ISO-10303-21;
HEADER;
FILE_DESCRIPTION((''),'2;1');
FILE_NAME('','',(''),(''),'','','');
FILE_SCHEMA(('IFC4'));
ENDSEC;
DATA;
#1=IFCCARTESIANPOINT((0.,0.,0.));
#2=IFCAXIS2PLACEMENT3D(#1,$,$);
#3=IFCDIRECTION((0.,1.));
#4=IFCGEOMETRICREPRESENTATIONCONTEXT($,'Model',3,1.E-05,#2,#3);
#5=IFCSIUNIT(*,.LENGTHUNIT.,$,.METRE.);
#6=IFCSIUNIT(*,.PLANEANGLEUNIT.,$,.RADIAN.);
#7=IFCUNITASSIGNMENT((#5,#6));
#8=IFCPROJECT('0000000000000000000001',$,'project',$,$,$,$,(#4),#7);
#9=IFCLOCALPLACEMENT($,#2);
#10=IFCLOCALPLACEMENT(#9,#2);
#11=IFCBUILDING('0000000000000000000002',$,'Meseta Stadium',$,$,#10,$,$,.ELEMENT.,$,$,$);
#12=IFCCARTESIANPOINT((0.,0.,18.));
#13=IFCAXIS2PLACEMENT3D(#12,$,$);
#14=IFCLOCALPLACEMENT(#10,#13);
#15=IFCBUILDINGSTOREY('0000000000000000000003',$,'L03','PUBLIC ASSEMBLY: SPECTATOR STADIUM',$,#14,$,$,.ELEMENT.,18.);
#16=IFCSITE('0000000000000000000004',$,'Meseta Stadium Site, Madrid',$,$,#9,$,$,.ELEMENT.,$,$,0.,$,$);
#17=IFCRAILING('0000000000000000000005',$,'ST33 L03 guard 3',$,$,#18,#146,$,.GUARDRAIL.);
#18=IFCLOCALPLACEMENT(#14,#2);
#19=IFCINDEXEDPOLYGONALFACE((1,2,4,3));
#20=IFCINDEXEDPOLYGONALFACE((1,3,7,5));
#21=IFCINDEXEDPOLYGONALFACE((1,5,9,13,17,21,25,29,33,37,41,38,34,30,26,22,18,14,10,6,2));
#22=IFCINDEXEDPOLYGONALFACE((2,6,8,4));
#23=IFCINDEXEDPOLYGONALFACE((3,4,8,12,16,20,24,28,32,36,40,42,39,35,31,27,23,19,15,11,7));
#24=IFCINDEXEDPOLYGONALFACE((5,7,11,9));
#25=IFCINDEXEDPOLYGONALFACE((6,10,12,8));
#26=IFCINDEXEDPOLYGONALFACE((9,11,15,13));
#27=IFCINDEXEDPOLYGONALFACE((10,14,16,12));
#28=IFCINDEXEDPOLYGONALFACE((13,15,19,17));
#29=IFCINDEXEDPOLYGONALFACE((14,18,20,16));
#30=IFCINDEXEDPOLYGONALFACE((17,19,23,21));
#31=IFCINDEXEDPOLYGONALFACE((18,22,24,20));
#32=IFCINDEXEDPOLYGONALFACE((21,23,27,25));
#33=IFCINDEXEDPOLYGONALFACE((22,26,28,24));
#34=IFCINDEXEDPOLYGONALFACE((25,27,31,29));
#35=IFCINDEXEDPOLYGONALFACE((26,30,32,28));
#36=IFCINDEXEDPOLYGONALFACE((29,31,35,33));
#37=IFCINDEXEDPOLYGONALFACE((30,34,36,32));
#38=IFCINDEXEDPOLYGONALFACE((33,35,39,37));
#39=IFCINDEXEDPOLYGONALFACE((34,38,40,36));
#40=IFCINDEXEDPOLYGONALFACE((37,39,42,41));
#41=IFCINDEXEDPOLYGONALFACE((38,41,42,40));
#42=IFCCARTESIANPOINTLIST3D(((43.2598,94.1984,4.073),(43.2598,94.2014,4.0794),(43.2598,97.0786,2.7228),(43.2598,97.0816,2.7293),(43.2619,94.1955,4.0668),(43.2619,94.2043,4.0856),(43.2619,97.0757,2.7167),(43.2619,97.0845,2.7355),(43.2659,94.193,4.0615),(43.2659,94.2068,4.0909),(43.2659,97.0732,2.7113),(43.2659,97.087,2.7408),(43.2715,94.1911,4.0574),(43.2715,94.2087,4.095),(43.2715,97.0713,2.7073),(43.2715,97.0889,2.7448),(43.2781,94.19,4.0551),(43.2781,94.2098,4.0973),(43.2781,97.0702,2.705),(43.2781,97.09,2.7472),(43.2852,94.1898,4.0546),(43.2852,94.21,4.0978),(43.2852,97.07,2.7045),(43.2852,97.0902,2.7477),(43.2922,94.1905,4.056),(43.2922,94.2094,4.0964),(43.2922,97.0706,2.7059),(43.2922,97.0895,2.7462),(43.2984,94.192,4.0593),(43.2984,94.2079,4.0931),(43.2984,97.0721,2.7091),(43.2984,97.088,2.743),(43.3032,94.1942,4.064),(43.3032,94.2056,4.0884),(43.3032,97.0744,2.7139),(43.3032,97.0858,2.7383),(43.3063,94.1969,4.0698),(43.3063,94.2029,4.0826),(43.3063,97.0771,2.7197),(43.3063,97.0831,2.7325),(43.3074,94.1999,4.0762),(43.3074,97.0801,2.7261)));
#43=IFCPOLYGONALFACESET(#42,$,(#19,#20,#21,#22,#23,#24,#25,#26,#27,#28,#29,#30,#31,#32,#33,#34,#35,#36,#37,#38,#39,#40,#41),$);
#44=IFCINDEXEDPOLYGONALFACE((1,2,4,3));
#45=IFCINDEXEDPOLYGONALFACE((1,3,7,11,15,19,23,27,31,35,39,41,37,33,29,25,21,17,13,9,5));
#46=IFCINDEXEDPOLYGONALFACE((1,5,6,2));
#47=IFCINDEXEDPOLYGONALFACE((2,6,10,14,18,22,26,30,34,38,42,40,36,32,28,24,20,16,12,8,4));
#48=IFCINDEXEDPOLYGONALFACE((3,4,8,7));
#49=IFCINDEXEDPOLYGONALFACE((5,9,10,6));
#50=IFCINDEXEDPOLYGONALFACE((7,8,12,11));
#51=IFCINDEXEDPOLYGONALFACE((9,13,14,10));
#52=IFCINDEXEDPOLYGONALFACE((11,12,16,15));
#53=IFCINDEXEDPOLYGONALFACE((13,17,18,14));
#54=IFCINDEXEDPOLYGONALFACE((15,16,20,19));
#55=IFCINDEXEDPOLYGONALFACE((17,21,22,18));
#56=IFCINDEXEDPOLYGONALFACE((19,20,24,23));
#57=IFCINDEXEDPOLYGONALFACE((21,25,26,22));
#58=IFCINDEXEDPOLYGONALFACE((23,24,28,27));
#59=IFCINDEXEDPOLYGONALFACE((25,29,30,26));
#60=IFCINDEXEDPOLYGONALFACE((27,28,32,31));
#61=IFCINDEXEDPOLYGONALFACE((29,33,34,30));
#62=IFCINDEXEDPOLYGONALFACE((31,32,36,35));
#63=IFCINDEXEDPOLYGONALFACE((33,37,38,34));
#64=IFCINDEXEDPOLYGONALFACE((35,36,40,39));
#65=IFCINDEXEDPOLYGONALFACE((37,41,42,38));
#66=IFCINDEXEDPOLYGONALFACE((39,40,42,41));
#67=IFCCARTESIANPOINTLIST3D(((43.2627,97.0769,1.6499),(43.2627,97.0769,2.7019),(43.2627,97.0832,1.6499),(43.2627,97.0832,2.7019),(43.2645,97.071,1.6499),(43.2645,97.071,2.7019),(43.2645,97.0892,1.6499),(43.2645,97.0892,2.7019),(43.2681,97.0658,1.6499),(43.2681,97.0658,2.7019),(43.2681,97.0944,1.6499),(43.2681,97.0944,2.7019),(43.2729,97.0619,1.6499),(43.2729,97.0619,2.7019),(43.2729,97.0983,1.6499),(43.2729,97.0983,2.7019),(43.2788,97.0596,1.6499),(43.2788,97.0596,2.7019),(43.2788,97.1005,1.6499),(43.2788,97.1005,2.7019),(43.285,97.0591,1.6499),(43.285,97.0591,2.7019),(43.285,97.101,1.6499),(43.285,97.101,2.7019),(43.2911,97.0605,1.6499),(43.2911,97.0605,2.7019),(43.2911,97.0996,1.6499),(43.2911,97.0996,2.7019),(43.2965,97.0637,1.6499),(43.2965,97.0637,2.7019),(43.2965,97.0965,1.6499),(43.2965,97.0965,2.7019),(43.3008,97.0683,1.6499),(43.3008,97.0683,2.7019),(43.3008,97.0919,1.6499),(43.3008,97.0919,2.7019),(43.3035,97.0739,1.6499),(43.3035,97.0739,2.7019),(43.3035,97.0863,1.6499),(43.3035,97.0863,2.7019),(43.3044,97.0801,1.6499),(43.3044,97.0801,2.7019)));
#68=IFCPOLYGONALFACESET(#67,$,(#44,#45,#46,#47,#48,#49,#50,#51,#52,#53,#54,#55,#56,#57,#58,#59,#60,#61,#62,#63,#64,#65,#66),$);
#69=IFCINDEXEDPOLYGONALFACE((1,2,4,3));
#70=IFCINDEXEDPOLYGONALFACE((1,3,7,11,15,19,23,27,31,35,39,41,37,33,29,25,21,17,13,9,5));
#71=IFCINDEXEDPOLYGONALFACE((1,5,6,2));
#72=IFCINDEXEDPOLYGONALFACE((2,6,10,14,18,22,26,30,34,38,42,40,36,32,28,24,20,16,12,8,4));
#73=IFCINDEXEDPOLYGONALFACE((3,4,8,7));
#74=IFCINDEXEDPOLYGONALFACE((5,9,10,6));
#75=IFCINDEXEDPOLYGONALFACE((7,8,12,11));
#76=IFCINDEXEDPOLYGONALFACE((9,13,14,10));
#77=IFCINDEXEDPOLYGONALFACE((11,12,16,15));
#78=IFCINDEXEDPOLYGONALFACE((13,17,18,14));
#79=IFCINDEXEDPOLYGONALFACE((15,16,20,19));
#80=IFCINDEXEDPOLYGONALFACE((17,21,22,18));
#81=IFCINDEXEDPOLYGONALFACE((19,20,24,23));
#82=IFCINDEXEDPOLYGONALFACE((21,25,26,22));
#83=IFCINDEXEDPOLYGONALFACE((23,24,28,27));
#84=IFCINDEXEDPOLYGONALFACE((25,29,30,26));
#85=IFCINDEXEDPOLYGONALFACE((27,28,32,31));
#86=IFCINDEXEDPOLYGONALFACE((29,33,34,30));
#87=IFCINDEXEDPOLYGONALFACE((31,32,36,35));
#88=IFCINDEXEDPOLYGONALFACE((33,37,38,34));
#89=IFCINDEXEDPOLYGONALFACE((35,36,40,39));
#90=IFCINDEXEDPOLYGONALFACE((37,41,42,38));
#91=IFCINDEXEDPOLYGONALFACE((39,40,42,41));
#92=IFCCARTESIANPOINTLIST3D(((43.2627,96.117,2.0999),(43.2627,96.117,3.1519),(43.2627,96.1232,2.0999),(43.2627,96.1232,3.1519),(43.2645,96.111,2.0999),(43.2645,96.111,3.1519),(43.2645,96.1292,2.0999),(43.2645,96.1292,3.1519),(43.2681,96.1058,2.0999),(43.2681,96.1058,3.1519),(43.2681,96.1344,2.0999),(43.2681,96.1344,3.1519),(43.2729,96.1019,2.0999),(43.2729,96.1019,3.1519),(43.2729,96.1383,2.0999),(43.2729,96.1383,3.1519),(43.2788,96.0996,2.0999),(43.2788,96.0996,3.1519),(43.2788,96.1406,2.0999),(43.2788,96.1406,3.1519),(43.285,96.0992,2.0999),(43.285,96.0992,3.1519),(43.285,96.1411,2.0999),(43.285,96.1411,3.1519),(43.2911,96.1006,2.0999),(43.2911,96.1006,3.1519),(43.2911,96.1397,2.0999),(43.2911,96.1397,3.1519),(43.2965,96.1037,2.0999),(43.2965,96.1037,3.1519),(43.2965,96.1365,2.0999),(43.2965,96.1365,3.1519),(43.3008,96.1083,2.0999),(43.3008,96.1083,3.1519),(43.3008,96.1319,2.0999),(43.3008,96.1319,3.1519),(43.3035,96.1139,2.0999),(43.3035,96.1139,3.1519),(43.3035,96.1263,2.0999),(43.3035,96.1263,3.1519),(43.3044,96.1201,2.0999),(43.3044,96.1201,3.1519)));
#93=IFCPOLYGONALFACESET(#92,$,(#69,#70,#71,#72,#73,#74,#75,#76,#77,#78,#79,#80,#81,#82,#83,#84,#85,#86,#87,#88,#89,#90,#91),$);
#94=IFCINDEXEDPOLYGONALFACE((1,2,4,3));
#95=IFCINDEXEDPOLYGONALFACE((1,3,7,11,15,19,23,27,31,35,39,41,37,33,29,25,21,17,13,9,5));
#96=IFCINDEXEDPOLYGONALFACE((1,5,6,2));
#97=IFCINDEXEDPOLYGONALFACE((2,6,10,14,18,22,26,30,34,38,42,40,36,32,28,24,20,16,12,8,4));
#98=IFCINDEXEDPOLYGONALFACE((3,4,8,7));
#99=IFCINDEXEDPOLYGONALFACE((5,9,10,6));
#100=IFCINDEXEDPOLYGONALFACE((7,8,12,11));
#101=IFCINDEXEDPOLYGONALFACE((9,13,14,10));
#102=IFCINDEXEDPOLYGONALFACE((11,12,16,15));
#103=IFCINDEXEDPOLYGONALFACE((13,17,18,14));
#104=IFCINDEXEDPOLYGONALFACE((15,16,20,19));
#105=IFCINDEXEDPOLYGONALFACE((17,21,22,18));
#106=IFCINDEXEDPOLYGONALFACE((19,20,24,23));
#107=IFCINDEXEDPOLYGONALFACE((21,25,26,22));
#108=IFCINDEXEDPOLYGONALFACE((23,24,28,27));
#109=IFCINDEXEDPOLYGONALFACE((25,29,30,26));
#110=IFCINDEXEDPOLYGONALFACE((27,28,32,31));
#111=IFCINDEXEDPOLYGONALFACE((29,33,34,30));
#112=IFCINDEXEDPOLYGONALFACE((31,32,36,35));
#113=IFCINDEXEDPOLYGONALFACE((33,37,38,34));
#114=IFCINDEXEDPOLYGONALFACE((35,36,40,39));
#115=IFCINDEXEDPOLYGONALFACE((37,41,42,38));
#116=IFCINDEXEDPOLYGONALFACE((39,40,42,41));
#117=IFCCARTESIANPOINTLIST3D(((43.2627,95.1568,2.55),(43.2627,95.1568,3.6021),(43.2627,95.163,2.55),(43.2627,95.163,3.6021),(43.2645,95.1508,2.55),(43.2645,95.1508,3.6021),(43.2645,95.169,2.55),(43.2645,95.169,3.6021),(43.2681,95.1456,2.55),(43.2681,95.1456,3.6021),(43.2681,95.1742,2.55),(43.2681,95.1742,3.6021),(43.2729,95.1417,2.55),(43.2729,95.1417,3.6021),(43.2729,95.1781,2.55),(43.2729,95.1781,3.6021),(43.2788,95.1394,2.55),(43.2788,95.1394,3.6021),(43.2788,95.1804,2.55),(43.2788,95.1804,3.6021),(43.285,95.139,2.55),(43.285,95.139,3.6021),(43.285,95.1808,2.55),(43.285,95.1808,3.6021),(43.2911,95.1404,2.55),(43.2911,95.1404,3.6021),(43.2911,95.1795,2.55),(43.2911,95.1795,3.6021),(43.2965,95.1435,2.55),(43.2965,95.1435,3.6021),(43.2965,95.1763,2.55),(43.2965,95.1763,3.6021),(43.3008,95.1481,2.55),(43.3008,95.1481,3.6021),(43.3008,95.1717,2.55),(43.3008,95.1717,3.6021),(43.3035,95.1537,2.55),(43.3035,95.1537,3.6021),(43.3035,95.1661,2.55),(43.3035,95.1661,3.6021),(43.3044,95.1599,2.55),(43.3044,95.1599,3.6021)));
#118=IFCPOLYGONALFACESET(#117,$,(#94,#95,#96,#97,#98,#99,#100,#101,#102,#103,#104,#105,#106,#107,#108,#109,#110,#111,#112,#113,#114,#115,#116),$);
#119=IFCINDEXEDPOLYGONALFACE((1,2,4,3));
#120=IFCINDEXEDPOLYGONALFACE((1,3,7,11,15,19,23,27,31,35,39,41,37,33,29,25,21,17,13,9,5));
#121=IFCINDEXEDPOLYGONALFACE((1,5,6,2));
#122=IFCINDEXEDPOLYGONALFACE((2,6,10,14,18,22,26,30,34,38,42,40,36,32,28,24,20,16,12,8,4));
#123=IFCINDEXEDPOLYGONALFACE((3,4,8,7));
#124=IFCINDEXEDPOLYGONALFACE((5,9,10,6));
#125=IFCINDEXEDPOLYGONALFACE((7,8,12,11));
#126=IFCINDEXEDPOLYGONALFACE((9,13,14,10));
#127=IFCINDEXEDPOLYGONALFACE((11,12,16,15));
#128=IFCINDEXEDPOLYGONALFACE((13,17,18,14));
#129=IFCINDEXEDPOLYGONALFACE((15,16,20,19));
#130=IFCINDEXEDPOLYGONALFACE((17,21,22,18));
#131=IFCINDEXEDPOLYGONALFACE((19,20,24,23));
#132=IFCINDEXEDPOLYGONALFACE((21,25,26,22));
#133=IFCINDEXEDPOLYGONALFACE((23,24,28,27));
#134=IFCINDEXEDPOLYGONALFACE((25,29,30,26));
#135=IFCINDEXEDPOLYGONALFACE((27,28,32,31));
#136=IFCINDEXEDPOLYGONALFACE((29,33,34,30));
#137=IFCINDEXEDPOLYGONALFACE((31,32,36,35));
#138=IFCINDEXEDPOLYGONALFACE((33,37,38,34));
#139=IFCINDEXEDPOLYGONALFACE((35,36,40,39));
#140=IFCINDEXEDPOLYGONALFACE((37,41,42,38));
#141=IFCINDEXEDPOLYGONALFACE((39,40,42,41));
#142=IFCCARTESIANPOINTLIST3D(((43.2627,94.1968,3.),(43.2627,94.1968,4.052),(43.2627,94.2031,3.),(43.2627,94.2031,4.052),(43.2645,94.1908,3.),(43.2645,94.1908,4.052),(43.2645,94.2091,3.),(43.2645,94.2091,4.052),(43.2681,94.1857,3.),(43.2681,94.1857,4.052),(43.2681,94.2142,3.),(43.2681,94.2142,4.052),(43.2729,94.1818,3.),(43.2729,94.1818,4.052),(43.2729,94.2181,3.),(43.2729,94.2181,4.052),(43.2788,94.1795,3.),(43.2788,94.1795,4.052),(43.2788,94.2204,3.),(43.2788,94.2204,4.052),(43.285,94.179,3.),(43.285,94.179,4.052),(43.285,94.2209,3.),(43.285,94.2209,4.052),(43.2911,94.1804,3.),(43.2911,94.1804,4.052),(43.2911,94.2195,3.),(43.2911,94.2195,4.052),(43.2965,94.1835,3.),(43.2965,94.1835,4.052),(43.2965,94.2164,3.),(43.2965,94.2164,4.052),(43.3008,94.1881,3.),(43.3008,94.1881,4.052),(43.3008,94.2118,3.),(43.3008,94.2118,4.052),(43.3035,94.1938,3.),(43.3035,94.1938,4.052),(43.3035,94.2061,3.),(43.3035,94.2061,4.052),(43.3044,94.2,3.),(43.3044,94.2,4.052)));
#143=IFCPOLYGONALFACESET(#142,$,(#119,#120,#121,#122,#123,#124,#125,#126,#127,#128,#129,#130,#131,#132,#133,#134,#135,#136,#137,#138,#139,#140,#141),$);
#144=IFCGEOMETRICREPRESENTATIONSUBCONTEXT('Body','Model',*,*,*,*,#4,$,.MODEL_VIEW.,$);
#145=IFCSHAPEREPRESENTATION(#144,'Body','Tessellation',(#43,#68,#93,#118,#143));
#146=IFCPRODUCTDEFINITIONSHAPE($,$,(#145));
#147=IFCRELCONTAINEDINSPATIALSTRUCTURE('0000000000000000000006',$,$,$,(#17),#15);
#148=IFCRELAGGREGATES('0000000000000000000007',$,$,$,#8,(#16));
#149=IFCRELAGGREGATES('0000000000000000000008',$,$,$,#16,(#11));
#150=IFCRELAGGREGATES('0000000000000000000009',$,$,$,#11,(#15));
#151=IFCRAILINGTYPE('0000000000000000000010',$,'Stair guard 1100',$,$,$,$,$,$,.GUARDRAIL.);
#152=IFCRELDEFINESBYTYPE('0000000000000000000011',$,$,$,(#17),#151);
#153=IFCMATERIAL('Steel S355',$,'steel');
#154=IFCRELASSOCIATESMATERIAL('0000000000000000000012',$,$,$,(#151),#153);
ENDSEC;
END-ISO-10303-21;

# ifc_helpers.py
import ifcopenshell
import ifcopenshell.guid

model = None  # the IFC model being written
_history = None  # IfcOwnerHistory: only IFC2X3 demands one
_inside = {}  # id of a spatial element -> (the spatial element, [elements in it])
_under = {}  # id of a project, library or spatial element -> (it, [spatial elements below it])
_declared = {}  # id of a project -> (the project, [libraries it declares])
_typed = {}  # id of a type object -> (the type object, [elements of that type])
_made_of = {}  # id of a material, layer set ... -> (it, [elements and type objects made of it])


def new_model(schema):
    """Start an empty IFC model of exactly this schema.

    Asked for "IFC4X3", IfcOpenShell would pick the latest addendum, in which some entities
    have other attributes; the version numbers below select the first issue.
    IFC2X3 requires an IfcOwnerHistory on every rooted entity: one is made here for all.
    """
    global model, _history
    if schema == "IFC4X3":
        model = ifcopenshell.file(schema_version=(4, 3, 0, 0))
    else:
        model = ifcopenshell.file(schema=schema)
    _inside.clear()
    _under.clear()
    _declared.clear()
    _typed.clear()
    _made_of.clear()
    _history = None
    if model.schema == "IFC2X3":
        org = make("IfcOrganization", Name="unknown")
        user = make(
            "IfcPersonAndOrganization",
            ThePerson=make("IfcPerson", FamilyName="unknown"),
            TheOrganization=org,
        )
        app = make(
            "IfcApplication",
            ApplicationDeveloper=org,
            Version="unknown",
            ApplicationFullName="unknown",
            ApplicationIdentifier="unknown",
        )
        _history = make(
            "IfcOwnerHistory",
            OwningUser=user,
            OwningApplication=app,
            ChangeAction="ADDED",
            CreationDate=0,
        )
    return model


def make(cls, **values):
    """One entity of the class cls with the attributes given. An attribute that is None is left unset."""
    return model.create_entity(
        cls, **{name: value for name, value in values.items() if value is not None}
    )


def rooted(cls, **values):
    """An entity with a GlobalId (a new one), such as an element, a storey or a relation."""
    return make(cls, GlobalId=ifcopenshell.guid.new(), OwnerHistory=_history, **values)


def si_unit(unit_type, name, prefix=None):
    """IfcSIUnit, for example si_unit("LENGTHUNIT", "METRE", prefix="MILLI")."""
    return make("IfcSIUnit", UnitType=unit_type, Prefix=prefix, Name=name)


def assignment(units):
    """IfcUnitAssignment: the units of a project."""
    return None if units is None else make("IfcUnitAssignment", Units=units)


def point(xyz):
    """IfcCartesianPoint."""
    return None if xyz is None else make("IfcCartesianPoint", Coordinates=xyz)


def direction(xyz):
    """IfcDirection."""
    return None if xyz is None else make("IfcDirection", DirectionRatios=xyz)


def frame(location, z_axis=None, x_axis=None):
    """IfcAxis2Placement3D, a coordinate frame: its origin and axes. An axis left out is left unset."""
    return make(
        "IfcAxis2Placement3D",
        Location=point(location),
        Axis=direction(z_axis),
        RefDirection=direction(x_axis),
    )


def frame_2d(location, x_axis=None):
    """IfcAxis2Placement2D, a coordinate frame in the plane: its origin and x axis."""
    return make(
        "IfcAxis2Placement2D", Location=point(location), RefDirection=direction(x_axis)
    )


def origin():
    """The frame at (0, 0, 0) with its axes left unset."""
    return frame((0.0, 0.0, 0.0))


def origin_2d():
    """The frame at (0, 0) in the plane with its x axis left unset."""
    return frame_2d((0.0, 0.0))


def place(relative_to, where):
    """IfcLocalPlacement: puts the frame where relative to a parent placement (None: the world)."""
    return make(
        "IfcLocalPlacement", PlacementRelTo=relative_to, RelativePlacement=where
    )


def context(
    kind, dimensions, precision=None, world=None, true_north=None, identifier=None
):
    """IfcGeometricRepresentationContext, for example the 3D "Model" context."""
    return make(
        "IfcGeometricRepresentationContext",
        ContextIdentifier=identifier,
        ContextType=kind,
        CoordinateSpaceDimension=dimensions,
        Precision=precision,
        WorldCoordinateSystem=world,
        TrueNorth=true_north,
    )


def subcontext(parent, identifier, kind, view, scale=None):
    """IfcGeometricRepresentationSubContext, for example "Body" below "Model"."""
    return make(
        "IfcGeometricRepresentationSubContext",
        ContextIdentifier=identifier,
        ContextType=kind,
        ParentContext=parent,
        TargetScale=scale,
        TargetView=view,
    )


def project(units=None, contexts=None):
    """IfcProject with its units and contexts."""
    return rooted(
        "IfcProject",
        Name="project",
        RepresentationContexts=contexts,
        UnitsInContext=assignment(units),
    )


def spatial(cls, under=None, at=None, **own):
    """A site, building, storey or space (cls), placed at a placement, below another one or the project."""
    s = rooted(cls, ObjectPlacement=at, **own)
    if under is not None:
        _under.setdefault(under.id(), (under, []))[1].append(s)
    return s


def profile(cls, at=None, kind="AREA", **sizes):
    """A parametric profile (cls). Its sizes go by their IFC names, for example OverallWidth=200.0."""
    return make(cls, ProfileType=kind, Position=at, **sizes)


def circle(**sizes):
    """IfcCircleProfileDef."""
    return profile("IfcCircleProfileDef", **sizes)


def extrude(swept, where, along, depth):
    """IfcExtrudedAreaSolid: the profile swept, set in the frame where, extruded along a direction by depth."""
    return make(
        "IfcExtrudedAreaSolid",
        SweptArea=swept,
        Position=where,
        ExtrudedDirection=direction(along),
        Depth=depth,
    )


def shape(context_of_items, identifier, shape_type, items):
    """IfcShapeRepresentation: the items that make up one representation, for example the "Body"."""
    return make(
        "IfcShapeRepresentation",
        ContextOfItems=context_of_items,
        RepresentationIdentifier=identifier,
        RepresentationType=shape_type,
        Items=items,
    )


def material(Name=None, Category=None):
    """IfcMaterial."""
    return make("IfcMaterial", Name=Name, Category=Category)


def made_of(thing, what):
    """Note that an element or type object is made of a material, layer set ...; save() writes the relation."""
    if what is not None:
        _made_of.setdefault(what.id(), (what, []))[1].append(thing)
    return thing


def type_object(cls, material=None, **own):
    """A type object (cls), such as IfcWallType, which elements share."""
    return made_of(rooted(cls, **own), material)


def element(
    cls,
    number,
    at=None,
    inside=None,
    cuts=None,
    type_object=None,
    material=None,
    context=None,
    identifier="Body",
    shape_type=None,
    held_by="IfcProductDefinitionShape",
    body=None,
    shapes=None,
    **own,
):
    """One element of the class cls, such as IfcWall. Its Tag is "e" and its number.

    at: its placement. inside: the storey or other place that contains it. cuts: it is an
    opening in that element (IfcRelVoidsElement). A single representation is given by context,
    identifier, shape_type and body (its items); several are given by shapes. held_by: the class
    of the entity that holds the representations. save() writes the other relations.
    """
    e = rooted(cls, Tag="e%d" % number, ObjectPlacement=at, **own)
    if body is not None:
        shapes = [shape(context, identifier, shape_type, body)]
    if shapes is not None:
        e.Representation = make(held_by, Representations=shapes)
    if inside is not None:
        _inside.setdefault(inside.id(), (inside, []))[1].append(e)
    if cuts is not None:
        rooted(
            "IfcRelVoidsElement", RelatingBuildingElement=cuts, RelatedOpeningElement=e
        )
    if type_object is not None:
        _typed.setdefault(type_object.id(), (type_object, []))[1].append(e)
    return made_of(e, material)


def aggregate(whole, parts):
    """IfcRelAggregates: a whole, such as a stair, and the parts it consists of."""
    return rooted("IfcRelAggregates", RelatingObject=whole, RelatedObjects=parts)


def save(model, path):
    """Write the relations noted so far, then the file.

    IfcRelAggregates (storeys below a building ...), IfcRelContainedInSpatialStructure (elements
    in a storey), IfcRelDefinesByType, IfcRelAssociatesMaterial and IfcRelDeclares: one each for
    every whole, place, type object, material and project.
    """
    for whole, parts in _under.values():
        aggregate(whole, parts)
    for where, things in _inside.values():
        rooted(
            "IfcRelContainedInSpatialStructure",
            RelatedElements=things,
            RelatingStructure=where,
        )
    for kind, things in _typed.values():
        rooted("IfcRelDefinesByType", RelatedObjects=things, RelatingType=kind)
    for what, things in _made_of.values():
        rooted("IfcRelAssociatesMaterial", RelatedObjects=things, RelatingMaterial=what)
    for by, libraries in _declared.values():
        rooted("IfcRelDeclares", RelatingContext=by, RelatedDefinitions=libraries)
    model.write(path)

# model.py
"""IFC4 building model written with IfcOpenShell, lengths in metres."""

from ifc_helpers import new_model, si_unit, direction, frame, origin, origin_2d, place, context, subcontext, project, spatial, circle, extrude, material, type_object, element, save


model = new_model("IFC4")

# Units and contexts
model_context = context("Model", 3, precision=1e-05, world=origin(), true_north=direction((0.0, 1.0)))
body_context = subcontext(model_context, "Body", "Model", "MODEL_VIEW")
ifc_project = project(units=[si_unit("LENGTHUNIT", "METRE"), si_unit("PLANEANGLEUNIT", "RADIAN")], contexts=[model_context])

# Site, building, storey
site_placement = place(None, origin())
site = spatial("IfcSite", under=ifc_project, at=site_placement, Name="Meseta Stadium Site, Madrid", CompositionType="ELEMENT", RefElevation=0.0)
building_placement = place(site_placement, origin())
building = spatial("IfcBuilding", under=site, at=building_placement, Name="Meseta Stadium", CompositionType="ELEMENT")
storey_placement = place(building_placement, frame((0.0, 0.0, 18.0)))
storey = spatial("IfcBuildingStorey", under=building, at=storey_placement, Name="L03", Description="PUBLIC ASSEMBLY: SPECTATOR STADIUM", CompositionType="ELEMENT", Elevation=18.0)

# Railing
ifc_material_1 = material(Name="Steel S355", Category="steel")
railing_type_1 = type_object("IfcRailingType", Name="Stair guard 1100", PredefinedType="GUARDRAIL", material=ifc_material_1)
railing_1_placement = place(storey_placement, frame((43.2834, 97.0801, 1.6499)))
element("IfcRailing", 1, at=railing_1_placement, inside=storey, type_object=railing_type_1, Name="ST33 L03 guard 3", PredefinedType="GUARDRAIL", context=body_context, shape_type="SweptSolid", body=[
    extrude(circle(Radius=0.0239, at=origin_2d()), frame((0.0, 0.0, 1.0762), z_axis=(0.0, -0.905454, 0.424444), x_axis=(1.0, 0.0, 0.0)), (0.0, 0.0, 1.0), 3.1809),
    extrude(circle(Radius=0.021, at=origin_2d()), origin(), (0.0, 0.0, 1.0), 1.052),
    extrude(circle(Radius=0.021, at=origin_2d()), frame((0.0, -0.96, 0.45)), (0.0, 0.0, 1.0), 1.052),
    extrude(circle(Radius=0.021, at=origin_2d()), frame((0.0, -1.9202, 0.9001)), (0.0, 0.0, 1.0), 1.052),
    extrude(circle(Radius=0.021, at=origin_2d()), frame((0.0, -2.8801, 1.3501)), (0.0, 0.0, 1.0), 1.052),
])

save(model, "model.ifc")
